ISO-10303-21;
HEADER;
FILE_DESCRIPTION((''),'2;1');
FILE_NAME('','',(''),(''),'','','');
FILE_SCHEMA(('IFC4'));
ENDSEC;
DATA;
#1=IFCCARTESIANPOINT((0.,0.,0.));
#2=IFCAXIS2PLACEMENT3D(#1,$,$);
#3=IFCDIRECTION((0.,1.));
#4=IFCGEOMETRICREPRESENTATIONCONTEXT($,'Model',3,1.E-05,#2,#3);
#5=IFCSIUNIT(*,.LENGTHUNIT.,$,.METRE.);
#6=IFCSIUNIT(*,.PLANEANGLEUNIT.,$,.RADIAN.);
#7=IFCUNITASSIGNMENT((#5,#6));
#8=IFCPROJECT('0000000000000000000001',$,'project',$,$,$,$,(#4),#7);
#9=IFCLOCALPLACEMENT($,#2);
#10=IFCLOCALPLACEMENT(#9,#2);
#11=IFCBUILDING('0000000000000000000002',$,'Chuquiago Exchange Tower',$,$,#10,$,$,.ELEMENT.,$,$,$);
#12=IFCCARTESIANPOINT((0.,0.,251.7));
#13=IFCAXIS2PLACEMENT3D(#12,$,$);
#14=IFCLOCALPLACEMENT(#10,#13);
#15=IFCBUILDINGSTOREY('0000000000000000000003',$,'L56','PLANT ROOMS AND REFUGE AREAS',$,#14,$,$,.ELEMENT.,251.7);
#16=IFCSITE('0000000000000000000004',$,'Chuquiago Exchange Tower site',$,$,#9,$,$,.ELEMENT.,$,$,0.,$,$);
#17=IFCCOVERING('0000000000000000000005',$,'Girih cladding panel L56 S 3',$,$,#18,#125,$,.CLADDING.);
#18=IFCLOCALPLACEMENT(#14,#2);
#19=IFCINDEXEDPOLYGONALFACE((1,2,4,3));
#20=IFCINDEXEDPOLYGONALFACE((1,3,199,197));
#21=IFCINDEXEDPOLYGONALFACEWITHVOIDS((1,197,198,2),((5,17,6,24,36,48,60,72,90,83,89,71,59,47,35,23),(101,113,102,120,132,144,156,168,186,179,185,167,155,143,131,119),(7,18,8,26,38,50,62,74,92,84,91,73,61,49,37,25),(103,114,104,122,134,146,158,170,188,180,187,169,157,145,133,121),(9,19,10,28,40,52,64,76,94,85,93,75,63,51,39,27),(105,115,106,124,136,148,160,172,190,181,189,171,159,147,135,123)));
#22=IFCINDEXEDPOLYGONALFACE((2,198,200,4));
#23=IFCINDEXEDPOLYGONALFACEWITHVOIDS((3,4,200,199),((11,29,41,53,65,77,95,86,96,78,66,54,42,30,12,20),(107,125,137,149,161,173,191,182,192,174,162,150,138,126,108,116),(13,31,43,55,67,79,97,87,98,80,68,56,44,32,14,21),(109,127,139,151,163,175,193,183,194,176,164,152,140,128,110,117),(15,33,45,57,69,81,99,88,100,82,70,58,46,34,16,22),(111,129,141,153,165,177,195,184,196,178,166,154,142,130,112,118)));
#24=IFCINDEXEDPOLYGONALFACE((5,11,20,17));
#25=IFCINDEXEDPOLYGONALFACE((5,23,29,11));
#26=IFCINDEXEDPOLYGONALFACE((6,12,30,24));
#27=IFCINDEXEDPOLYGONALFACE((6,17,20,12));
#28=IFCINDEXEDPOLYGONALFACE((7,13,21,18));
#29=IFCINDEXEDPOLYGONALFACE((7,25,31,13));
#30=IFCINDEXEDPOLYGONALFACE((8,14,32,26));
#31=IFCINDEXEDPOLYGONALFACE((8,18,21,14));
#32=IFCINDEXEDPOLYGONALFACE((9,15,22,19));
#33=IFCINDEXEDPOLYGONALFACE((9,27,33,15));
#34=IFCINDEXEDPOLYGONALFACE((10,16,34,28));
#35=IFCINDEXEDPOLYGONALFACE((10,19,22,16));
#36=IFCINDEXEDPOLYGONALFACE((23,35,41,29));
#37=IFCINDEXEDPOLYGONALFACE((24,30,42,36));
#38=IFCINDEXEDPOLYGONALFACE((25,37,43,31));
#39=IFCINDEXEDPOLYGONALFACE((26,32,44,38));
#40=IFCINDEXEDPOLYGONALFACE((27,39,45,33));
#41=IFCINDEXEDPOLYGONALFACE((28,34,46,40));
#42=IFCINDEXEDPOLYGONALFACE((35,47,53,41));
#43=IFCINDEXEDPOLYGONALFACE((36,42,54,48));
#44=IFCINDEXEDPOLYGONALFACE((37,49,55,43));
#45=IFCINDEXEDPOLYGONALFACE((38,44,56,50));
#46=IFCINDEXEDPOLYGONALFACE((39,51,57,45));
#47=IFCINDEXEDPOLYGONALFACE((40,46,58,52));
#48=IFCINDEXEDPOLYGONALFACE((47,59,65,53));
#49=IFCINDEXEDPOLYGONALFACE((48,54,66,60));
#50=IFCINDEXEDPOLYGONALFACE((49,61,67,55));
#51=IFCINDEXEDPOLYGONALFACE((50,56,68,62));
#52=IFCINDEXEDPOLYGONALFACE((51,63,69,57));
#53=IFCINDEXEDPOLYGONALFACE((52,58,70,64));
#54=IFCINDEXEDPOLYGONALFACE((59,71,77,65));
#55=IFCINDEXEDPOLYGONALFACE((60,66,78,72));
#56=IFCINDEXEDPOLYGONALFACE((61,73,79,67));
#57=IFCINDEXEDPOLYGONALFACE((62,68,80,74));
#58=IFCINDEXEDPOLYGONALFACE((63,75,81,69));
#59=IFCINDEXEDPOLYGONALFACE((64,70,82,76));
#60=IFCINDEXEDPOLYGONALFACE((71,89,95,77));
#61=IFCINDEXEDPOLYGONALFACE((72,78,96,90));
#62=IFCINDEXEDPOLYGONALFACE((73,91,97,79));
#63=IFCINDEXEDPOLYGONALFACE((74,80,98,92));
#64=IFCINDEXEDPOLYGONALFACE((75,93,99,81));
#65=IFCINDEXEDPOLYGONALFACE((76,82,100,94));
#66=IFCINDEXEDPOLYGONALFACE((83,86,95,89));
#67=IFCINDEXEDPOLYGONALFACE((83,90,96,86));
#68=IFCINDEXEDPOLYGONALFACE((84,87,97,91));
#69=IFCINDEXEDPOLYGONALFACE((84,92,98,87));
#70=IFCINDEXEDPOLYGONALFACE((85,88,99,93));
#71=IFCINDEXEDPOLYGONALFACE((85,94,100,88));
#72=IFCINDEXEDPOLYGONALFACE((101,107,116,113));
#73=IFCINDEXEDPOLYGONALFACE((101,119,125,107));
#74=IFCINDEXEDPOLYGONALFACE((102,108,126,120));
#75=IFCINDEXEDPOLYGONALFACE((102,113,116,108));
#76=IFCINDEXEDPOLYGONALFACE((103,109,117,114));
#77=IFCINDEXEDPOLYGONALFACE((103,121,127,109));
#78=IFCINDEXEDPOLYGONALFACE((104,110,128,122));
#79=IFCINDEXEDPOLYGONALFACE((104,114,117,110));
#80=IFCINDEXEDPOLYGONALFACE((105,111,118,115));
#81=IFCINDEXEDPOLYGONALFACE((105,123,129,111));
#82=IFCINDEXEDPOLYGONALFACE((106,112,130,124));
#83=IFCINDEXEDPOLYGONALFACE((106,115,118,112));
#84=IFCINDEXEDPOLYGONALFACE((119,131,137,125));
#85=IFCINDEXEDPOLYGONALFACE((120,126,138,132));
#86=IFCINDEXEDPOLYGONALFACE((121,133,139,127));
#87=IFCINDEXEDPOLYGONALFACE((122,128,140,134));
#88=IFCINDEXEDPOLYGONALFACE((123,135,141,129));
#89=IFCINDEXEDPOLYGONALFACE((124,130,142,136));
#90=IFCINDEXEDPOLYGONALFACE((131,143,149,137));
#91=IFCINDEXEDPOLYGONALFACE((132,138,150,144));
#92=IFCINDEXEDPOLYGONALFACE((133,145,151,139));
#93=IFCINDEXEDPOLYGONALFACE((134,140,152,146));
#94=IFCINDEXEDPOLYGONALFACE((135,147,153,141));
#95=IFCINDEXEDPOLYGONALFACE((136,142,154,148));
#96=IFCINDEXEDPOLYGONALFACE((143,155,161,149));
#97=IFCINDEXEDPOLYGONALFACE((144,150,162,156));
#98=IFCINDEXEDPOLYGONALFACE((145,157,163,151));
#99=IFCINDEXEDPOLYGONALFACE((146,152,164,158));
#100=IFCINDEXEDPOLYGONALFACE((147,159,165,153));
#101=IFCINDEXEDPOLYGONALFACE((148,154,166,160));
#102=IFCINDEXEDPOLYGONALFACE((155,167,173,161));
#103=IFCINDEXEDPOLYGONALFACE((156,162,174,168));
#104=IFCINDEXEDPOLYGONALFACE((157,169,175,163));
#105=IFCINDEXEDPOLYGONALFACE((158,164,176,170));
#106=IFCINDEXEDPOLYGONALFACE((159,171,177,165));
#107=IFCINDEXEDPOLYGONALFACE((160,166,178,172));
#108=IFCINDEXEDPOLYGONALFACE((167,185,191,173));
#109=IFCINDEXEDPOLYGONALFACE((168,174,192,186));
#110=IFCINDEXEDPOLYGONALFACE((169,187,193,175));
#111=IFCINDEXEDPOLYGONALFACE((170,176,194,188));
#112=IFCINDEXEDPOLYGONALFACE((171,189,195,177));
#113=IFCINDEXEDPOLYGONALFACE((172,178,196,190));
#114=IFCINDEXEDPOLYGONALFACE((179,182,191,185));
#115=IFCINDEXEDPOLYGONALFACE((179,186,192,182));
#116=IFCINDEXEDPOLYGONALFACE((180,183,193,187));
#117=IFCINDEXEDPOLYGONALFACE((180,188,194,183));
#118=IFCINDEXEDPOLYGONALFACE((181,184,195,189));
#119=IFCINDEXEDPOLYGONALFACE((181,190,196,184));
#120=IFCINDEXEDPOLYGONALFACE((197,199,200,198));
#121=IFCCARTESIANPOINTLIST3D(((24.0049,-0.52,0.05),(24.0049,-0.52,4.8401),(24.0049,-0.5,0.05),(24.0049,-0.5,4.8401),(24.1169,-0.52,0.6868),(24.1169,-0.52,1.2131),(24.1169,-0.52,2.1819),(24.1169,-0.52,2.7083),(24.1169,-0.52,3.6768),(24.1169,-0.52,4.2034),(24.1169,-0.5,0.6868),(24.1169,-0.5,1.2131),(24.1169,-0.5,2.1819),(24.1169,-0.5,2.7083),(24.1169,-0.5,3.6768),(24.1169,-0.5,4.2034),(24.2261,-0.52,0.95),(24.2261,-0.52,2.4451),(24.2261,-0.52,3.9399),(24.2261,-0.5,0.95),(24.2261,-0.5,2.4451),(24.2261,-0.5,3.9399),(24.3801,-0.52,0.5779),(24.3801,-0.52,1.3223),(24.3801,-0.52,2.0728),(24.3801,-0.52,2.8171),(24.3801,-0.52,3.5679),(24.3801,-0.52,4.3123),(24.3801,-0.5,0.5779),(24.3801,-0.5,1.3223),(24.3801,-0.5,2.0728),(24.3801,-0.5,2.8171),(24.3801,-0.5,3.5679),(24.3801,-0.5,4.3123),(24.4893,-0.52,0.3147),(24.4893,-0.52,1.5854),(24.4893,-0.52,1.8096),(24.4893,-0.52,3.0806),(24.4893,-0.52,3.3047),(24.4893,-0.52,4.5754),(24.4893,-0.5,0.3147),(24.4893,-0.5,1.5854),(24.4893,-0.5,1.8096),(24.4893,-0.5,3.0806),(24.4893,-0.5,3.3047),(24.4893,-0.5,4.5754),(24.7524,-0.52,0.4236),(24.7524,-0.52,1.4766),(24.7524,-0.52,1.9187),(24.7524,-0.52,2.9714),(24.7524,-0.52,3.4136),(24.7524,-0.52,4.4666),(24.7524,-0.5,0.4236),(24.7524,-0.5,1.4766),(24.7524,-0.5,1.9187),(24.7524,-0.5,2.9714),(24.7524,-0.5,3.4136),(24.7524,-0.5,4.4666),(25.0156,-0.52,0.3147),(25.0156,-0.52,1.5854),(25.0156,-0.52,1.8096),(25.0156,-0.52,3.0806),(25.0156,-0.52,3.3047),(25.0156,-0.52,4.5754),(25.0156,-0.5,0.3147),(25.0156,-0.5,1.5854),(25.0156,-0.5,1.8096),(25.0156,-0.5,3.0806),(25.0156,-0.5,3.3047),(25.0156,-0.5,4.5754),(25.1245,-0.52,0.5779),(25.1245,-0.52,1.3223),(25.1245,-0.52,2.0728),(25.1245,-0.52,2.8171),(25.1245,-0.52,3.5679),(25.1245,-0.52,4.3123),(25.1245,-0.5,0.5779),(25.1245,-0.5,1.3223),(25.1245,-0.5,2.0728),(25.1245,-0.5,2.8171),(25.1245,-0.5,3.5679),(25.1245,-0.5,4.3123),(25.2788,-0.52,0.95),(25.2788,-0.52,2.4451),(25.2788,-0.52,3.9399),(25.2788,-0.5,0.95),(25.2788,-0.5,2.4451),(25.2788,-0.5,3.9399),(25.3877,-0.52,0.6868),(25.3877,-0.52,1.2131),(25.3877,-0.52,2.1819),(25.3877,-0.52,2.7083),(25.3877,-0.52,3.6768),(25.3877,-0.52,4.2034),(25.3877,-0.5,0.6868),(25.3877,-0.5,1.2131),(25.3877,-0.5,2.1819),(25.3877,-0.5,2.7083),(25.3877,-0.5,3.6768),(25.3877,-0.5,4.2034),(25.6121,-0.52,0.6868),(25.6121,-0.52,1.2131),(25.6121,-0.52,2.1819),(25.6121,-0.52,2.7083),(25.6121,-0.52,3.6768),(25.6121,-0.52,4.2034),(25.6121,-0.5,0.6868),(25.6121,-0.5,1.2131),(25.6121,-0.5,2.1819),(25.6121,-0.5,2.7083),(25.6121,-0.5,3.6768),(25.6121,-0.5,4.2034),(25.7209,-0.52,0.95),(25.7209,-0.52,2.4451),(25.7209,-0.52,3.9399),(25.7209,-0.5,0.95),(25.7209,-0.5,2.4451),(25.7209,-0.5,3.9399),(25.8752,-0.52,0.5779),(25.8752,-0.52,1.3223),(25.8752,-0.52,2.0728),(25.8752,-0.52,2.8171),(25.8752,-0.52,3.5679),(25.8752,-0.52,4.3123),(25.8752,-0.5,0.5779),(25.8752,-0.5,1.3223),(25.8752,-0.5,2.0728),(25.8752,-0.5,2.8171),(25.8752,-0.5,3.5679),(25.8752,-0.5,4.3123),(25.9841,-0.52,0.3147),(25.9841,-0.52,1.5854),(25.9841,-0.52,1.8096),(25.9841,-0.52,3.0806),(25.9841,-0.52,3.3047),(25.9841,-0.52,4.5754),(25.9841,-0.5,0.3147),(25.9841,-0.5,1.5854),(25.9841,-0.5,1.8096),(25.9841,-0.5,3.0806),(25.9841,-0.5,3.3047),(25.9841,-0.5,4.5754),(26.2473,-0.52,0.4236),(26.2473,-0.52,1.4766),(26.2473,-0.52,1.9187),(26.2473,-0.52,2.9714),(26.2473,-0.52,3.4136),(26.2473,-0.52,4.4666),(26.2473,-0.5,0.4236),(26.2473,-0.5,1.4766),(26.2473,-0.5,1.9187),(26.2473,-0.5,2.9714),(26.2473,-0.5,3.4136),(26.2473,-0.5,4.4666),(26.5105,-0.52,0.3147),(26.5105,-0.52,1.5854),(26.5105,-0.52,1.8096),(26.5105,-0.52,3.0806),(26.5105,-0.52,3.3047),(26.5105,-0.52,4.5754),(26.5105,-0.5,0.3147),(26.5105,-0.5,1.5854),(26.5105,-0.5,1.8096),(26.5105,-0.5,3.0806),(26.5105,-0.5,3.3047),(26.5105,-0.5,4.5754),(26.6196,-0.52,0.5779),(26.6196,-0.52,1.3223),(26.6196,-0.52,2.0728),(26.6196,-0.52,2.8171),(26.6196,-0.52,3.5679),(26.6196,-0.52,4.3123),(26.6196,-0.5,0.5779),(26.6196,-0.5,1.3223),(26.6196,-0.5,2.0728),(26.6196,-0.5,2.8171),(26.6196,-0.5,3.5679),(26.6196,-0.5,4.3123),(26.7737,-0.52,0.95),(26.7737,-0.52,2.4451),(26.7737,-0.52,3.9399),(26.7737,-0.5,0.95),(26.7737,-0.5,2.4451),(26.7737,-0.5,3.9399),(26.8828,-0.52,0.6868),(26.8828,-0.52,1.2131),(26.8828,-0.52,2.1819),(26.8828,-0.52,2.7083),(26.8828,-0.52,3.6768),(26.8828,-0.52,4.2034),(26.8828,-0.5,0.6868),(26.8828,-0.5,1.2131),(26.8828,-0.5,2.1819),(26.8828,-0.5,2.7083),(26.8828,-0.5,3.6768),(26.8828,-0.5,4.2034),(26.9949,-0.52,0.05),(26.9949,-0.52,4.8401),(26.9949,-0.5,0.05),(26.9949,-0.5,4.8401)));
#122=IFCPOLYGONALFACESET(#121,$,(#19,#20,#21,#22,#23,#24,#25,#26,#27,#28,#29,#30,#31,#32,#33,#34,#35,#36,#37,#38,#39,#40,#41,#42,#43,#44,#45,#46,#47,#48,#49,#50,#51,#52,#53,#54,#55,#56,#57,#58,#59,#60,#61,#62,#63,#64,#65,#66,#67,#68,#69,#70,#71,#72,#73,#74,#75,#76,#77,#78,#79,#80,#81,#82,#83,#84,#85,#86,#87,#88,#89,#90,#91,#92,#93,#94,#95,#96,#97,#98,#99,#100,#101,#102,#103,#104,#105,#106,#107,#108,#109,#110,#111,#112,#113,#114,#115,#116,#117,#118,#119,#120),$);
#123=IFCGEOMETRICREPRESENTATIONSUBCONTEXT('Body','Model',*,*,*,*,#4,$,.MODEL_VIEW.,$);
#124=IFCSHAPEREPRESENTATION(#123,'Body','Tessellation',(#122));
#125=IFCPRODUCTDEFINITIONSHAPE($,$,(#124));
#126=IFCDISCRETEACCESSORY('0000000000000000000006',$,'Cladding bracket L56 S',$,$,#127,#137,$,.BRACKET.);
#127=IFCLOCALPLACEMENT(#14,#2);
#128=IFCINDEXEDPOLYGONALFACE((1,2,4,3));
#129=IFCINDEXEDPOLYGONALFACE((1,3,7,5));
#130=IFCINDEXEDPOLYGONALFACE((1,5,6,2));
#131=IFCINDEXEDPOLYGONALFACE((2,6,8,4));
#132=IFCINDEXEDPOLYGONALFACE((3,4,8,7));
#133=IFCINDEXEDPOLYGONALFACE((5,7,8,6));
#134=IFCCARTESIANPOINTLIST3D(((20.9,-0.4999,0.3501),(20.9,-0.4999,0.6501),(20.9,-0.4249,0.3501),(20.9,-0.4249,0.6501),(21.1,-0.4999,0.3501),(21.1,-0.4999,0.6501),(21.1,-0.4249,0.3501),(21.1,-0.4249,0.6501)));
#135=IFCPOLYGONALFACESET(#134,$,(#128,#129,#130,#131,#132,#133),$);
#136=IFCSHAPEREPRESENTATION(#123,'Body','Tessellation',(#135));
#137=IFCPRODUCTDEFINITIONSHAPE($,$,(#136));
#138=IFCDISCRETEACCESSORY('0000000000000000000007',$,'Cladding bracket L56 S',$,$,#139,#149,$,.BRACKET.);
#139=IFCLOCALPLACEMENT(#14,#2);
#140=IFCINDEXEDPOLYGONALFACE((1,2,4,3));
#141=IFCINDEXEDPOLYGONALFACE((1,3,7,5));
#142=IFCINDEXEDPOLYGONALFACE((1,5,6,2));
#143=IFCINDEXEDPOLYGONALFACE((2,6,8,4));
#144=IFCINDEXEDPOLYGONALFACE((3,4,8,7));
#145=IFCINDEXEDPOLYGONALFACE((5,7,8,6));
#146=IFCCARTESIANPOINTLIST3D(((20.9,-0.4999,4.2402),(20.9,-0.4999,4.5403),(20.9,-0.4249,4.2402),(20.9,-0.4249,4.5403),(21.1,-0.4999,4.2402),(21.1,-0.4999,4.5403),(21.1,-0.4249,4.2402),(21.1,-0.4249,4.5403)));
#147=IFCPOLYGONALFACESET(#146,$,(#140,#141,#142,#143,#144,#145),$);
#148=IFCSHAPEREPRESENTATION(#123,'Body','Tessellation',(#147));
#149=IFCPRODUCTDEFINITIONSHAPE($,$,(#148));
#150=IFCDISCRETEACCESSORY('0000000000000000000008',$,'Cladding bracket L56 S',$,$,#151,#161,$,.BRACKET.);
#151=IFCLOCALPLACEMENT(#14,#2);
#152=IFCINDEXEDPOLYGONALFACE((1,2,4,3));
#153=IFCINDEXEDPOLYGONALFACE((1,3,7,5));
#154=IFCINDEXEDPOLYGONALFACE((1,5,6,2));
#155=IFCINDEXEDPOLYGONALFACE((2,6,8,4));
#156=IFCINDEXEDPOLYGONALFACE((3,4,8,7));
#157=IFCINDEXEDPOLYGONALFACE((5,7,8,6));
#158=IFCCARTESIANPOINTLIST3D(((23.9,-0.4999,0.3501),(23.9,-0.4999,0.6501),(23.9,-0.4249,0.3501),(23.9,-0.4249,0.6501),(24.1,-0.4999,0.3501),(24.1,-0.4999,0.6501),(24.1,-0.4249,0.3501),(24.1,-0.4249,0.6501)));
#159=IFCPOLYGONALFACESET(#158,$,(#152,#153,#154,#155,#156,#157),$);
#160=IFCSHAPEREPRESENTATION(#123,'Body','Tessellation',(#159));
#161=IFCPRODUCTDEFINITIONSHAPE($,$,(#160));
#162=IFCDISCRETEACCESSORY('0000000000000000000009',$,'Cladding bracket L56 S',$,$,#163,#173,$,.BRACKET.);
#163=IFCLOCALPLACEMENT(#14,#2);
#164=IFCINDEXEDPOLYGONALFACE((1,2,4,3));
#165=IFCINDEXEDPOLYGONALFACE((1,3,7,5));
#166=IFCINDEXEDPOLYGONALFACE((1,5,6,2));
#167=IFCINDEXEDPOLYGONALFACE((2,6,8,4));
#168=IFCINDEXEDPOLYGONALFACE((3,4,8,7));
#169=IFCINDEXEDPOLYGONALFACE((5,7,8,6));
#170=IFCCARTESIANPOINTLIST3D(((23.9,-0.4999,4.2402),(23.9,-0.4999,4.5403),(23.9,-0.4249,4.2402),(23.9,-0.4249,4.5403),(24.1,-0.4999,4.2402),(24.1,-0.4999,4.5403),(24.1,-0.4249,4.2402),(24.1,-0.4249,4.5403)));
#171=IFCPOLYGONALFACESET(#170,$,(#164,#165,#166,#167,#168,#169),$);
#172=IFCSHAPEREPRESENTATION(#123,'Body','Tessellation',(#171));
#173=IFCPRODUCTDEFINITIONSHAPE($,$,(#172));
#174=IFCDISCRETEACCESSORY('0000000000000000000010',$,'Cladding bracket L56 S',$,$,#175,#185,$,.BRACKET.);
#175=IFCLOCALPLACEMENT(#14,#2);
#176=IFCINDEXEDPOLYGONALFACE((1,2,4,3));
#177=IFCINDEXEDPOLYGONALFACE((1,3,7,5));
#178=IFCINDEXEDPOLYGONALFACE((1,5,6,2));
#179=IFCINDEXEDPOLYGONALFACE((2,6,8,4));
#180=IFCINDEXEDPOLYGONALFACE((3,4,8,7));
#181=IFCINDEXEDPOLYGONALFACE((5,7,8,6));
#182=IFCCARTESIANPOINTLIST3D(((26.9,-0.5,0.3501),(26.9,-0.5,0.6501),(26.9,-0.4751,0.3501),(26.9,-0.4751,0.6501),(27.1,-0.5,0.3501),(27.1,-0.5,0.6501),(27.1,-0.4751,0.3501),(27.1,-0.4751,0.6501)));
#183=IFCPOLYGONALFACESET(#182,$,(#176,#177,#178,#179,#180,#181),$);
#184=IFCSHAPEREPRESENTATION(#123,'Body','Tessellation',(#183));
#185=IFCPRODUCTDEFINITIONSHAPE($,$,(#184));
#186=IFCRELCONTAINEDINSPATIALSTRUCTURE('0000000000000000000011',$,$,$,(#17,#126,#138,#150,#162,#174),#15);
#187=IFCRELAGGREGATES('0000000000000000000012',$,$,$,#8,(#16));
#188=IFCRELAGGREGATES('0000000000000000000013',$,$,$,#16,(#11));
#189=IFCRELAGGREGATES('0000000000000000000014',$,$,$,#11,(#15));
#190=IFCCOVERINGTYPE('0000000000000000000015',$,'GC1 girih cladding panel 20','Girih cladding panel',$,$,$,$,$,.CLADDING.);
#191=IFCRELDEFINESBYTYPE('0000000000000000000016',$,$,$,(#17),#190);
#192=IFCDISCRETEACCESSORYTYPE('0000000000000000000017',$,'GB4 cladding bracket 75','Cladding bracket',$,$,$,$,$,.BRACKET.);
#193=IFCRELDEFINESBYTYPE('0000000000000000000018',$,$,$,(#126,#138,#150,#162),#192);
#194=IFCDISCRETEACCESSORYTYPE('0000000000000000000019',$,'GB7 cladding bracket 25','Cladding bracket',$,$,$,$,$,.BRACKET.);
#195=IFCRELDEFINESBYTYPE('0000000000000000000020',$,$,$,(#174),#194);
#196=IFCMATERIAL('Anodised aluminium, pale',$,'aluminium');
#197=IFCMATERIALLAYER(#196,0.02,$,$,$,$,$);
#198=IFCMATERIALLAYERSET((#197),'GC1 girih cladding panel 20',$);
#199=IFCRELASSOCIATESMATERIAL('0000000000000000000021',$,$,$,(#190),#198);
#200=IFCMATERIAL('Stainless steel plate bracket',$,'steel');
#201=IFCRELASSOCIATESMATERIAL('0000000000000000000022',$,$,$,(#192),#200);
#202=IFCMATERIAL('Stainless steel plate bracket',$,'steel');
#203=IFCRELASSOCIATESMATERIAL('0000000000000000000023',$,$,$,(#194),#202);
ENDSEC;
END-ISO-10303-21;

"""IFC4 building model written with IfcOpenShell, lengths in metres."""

from ifc_helpers import new_model, si_unit, direction, frame, origin, origin_2d, place, context, subcontext, project, spatial, polyline, rectangle, outline, extrude, material, layer, layer_set, type_object, element, save


model = new_model("IFC4")

# Units and contexts
model_context = context("Model", 3, precision=1e-05, world=origin(), true_north=direction((0.0, 1.0)))
body_context = subcontext(model_context, "Body", "Model", "MODEL_VIEW")
ifc_project = project(units=[si_unit("LENGTHUNIT", "METRE"), si_unit("PLANEANGLEUNIT", "RADIAN")], contexts=[model_context])

# Site, building, storey
site_placement = place(None, origin())
site = spatial("IfcSite", under=ifc_project, at=site_placement, Name="Chuquiago Exchange Tower site", CompositionType="ELEMENT", RefElevation=0.0)
building_placement = place(site_placement, origin())
building = spatial("IfcBuilding", under=site, at=building_placement, Name="Chuquiago Exchange Tower", CompositionType="ELEMENT")
storey_placement = place(building_placement, frame((0.0, 0.0, 251.7)))
storey = spatial("IfcBuildingStorey", under=building, at=storey_placement, Name="L56", Description="PLANT ROOMS AND REFUGE AREAS", CompositionType="ELEMENT", Elevation=251.7)

# Covering
ifc_material_1 = material(Name="Anodised aluminium, pale", Category="aluminium")
ifc_layer_1 = layer(ifc_material_1, 0.02)
ifc_layer_set_1 = layer_set([ifc_layer_1], Name="GC1 girih cladding panel 20")
covering_type = type_object("IfcCoveringType", Name="GC1 girih cladding panel 20", Description="Girih cladding panel", PredefinedType="CLADDING", material=ifc_layer_set_1)
covering_1_placement = place(storey_placement, frame((24.0049, -0.5, 0.05), z_axis=(0.0, 0.0, 1.0), x_axis=(1.0, 0.0, 0.0)))
element("IfcCovering", 1, at=covering_1_placement, inside=storey, type_object=covering_type, Name="Girih cladding panel L56 S 3", PredefinedType="CLADDING", context=body_context, shape_type="SweptSolid", body=[
    extrude(outline(polyline([(0.0, 0.0), (2.99, 0.0), (2.99, 4.79), (0.0, 4.79), (0.0, 0.0)]), holes=[polyline([(1.2739, 0.8999), (1.3828, 1.1631), (1.1196, 1.2722), (1.0107, 1.5354), (0.7476, 1.4265), (0.4844, 1.5354), (0.3752, 1.2722), (0.1121, 1.1631), (0.2212, 0.8999), (0.1121, 0.6367), (0.3752, 0.5278), (0.4844, 0.2646), (0.7476, 0.3735), (1.0107, 0.2646), (1.1196, 0.5278), (1.3828, 0.6367), (1.2739, 0.8999)]), polyline([(2.7688, 0.8999), (2.8779, 1.1631), (2.6147, 1.2722), (2.5056, 1.5354), (2.2424, 1.4265), (1.9792, 1.5354), (1.8704, 1.2722), (1.6072, 1.1631), (1.7161, 0.8999), (1.6072, 0.6367), (1.8704, 0.5278), (1.9792, 0.2646), (2.2424, 0.3735), (2.5056, 0.2646), (2.6147, 0.5278), (2.8779, 0.6367), (2.7688, 0.8999)]), polyline([(1.2739, 2.395), (1.3828, 2.6582), (1.1196, 2.7671), (1.0107, 3.0305), (0.7476, 2.9214), (0.4844, 3.0305), (0.3752, 2.7671), (0.1121, 2.6582), (0.2212, 2.395), (0.1121, 2.1318), (0.3752, 2.0227), (0.4844, 1.7595), (0.7476, 1.8687), (1.0107, 1.7595), (1.1196, 2.0227), (1.3828, 2.1318), (1.2739, 2.395)]), polyline([(2.7688, 2.395), (2.8779, 2.6582), (2.6147, 2.7671), (2.5056, 3.0305), (2.2424, 2.9214), (1.9792, 3.0305), (1.8704, 2.7671), (1.6072, 2.6582), (1.7161, 2.395), (1.6072, 2.1318), (1.8704, 2.0227), (1.9792, 1.7595), (2.2424, 1.8687), (2.5056, 1.7595), (2.6147, 2.0227), (2.8779, 2.1318), (2.7688, 2.395)]), polyline([(1.2739, 3.8899), (1.3828, 4.1533), (1.1196, 4.2622), (1.0107, 4.5254), (0.7476, 4.4165), (0.4844, 4.5254), (0.3752, 4.2622), (0.1121, 4.1533), (0.2212, 3.8899), (0.1121, 3.6267), (0.3752, 3.5178), (0.4844, 3.2546), (0.7476, 3.3635), (1.0107, 3.2546), (1.1196, 3.5178), (1.3828, 3.6267), (1.2739, 3.8899)]), polyline([(2.7688, 3.8899), (2.8779, 4.1533), (2.6147, 4.2622), (2.5056, 4.5254), (2.2424, 4.4165), (1.9792, 4.5254), (1.8704, 4.2622), (1.6072, 4.1533), (1.7161, 3.8899), (1.6072, 3.6267), (1.8704, 3.5178), (1.9792, 3.2546), (2.2424, 3.3635), (2.5056, 3.2546), (2.6147, 3.5178), (2.8779, 3.6267), (2.7688, 3.8899)])]), frame((0.0, 0.0, 0.0), z_axis=(0.0, -1.0, 0.0), x_axis=(1.0, 0.0, 0.0)), (0.0, 0.0, 1.0), 0.02),
])

# Discrete accessories
ifc_material_2 = material(Name="Stainless steel plate bracket", Category="steel")
discrete_accessory_type_1 = type_object("IfcDiscreteAccessoryType", Name="GB4 cladding bracket 75", Description="Cladding bracket", PredefinedType="BRACKET", material=ifc_material_2)
for number, where, z_axis, x_axis, name in (
    (2, (21.0, -0.4624, 0.3501), (0.0, 0.0, 1.0), (1.0, 0.0, 0.0), "Cladding bracket L56 S"),
    (3, (21.0, -0.4624, 4.2402), (0.0, 0.0, 1.0), (1.0, 0.0, 0.0), "Cladding bracket L56 S"),
    (4, (24.0, -0.4624, 0.3501), (0.0, 0.0, 1.0), (1.0, 0.0, 0.0), "Cladding bracket L56 S"),
    (5, (24.0, -0.4624, 4.2402), (0.0, 0.0, 1.0), (1.0, 0.0, 0.0), "Cladding bracket L56 S"),
):
    element("IfcDiscreteAccessory", number, at=place(storey_placement, frame(where, z_axis=z_axis, x_axis=x_axis)), inside=storey, type_object=discrete_accessory_type_1, Name=name, PredefinedType="BRACKET", context=body_context, shape_type="SweptSolid", body=[
        extrude(rectangle(XDim=0.2, YDim=0.075, at=origin_2d()), origin(), (0.0, 0.0, 1.0), 0.3),
    ])
ifc_material_3 = material(Name="Stainless steel plate bracket", Category="steel")
discrete_accessory_type_2 = type_object("IfcDiscreteAccessoryType", Name="GB7 cladding bracket 25", Description="Cladding bracket", PredefinedType="BRACKET", material=ifc_material_3)
for number, where, z_axis, x_axis, name in (
    (6, (27.0, -0.4875, 0.3501), (0.0, 0.0, 1.0), (1.0, 0.0, 0.0), "Cladding bracket L56 S"),
):
    element("IfcDiscreteAccessory", number, at=place(storey_placement, frame(where, z_axis=z_axis, x_axis=x_axis)), inside=storey, type_object=discrete_accessory_type_2, Name=name, PredefinedType="BRACKET", context=body_context, shape_type="SweptSolid", body=[
        extrude(rectangle(XDim=0.2, YDim=0.0249, at=origin_2d()), origin(), (0.0, 0.0, 1.0), 0.3),
    ])

save(model, "model.ifc")
